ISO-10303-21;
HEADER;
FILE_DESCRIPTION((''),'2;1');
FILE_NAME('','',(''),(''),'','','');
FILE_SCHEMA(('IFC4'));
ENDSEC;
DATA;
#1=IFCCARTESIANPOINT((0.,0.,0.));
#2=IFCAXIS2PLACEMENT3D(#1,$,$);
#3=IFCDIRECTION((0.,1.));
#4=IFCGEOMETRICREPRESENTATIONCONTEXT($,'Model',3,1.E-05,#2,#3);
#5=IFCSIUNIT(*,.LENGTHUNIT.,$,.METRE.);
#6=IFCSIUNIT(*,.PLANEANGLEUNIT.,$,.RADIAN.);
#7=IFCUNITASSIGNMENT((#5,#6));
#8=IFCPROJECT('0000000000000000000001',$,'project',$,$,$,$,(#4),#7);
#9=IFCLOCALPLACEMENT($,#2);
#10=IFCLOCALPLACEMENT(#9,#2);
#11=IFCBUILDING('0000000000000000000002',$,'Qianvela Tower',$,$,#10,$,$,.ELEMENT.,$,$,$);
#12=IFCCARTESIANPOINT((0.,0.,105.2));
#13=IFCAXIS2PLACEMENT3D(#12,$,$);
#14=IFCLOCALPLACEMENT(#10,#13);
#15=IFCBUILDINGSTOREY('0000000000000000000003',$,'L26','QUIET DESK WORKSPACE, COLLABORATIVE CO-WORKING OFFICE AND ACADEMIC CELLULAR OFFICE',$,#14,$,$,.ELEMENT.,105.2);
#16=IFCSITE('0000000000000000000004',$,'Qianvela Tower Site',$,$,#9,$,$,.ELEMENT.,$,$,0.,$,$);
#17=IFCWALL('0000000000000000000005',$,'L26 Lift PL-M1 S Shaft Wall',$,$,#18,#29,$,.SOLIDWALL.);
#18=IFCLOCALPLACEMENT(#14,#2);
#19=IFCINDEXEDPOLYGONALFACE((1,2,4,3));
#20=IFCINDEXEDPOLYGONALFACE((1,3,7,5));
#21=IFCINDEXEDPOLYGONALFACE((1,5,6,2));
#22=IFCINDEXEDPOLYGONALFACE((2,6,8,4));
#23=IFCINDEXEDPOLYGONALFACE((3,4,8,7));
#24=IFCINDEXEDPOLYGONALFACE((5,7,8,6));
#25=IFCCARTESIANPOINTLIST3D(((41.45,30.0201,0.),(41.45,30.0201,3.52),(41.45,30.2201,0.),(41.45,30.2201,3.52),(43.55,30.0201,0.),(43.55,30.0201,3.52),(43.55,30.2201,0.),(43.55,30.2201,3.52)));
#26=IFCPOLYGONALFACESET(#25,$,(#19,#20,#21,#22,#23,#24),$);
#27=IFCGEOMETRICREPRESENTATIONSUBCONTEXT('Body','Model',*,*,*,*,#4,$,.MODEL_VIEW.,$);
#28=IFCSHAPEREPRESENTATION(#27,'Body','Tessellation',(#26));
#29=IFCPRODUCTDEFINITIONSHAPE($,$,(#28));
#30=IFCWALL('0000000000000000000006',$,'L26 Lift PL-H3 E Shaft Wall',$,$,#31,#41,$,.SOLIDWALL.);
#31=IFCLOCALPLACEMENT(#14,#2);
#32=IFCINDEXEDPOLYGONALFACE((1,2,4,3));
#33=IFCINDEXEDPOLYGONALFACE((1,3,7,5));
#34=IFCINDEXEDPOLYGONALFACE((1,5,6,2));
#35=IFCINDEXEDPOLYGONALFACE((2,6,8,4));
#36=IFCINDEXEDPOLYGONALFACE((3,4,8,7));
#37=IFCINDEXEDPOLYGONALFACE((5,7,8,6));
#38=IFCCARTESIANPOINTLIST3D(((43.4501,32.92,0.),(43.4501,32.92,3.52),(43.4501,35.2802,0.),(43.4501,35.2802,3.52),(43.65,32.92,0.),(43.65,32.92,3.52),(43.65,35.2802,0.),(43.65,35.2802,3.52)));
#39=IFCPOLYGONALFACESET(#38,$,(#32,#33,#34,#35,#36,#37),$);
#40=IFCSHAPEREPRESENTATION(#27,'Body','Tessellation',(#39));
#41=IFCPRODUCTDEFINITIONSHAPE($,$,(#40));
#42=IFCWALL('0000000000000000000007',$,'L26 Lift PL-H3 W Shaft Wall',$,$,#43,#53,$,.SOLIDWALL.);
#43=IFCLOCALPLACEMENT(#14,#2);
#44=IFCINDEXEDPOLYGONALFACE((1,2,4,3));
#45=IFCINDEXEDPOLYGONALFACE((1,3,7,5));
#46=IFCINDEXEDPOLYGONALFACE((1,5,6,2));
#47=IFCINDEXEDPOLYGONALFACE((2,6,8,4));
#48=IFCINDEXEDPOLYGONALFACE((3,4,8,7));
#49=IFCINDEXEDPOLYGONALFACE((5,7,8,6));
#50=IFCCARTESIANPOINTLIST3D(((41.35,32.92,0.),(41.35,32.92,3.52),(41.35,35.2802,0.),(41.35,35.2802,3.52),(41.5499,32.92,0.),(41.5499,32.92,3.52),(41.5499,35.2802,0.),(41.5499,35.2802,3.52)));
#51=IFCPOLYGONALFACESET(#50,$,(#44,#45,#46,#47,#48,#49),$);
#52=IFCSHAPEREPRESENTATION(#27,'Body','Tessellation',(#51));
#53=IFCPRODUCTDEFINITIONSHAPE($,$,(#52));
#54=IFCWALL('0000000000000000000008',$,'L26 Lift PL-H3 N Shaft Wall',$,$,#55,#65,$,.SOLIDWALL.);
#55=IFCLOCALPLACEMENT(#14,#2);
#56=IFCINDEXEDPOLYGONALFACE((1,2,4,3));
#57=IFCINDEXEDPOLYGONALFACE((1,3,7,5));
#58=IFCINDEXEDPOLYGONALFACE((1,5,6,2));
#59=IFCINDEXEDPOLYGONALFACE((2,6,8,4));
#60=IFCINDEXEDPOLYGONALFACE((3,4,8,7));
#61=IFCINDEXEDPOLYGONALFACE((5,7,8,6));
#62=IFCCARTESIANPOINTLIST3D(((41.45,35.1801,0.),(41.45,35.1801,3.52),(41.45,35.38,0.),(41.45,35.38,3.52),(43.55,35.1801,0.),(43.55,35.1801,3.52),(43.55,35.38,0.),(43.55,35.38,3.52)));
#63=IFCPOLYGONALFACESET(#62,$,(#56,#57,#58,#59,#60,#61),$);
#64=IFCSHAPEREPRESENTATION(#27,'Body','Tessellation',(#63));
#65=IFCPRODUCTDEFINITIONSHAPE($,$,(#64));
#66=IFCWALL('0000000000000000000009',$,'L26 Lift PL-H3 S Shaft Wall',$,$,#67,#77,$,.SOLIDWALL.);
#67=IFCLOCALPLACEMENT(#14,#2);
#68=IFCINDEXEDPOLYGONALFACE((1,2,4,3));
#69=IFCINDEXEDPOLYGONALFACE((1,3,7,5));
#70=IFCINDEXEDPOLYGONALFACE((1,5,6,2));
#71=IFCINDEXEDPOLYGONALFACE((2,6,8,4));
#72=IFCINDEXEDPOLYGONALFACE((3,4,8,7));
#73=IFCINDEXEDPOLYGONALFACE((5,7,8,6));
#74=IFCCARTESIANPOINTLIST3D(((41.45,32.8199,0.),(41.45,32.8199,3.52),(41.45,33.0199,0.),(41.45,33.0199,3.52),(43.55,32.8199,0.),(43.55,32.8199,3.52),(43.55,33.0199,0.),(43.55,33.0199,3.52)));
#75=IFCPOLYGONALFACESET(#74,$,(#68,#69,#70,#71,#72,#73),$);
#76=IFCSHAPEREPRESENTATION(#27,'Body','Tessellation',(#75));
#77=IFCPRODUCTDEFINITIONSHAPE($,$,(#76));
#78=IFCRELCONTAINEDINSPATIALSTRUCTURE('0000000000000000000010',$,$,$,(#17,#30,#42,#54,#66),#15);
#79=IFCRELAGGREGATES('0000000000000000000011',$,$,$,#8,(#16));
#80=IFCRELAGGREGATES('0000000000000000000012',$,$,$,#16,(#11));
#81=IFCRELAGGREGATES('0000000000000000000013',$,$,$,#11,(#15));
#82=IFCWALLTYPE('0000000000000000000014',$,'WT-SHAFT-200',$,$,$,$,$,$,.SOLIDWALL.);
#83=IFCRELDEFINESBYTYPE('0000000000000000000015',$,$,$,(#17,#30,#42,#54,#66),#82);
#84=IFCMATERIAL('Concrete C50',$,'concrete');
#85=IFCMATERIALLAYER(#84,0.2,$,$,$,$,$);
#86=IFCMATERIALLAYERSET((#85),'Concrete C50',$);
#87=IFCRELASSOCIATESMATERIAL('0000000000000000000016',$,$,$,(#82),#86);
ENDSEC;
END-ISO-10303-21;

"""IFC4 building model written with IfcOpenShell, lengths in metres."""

from ifc_helpers import new_model, si_unit, direction, frame, frame_2d, origin, place, context, subcontext, project, spatial, rectangle, extrude, material, layer, layer_set, type_object, element, save


model = new_model("IFC4")

# Units and contexts
model_context = context("Model", 3, precision=1e-05, world=origin(), true_north=direction((0.0, 1.0)))
body_context = subcontext(model_context, "Body", "Model", "MODEL_VIEW")
ifc_project = project(units=[si_unit("LENGTHUNIT", "METRE"), si_unit("PLANEANGLEUNIT", "RADIAN")], contexts=[model_context])

# Site, building, storey
site_placement = place(None, origin())
site = spatial("IfcSite", under=ifc_project, at=site_placement, Name="Qianvela Tower Site", CompositionType="ELEMENT", RefElevation=0.0)
building_placement = place(site_placement, origin())
building = spatial("IfcBuilding", under=site, at=building_placement, Name="Qianvela Tower", CompositionType="ELEMENT")
storey_placement = place(building_placement, frame((0.0, 0.0, 105.2)))
storey = spatial("IfcBuildingStorey", under=building, at=storey_placement, Name="L26", Description="QUIET DESK WORKSPACE, COLLABORATIVE CO-WORKING OFFICE AND ACADEMIC CELLULAR OFFICE", CompositionType="ELEMENT", Elevation=105.2)

# Walls
ifc_material_1 = material(Name="Concrete C50", Category="concrete")
ifc_layer_1 = layer(ifc_material_1, 0.2)
ifc_layer_set_1 = layer_set([ifc_layer_1], Name="Concrete C50")
wall_type_1 = type_object("IfcWallType", Name="WT-SHAFT-200", PredefinedType="SOLIDWALL", material=ifc_layer_set_1)
for number, where, z_axis, x_axis, name in (
    (1, (41.45, 30.1201, 0.0), (0.0, 0.0, 1.0), (1.0, 0.0, 0.0), "L26 Lift PL-M1 S Shaft Wall"),
):
    element("IfcWall", number, at=place(storey_placement, frame(where, z_axis=z_axis, x_axis=x_axis)), inside=storey, type_object=wall_type_1, Name=name, PredefinedType="SOLIDWALL", context=body_context, shape_type="SweptSolid", body=[
        extrude(rectangle(XDim=2.1001, YDim=0.2, at=frame_2d((1.05, 0.0))), origin(), (0.0, 0.0, 1.0), 3.52),
    ])
for number, where, z_axis, x_axis, name in (
    (2, (43.55, 32.9199, 0.0), (0.0, 0.0, 1.0), (0.0, 1.0, 0.0), "L26 Lift PL-H3 E Shaft Wall"),
    (3, (41.45, 32.9199, 0.0), (0.0, 0.0, 1.0), (0.0, 1.0, 0.0), "L26 Lift PL-H3 W Shaft Wall"),
):
    element("IfcWall", number, at=place(storey_placement, frame(where, z_axis=z_axis, x_axis=x_axis)), inside=storey, type_object=wall_type_1, Name=name, PredefinedType="SOLIDWALL", context=body_context, shape_type="SweptSolid", body=[
        extrude(rectangle(XDim=2.3601, YDim=0.2, at=frame_2d((1.1802, 0.0))), origin(), (0.0, 0.0, 1.0), 3.52),
    ])
for number, where, z_axis, x_axis, name in (
    (4, (41.45, 35.28, 0.0), (0.0, 0.0, 1.0), (1.0, 0.0, 0.0), "L26 Lift PL-H3 N Shaft Wall"),
    (5, (41.45, 32.9199, 0.0), (0.0, 0.0, 1.0), (1.0, 0.0, 0.0), "L26 Lift PL-H3 S Shaft Wall"),
):
    element("IfcWall", number, at=place(storey_placement, frame(where, z_axis=z_axis, x_axis=x_axis)), inside=storey, type_object=wall_type_1, Name=name, PredefinedType="SOLIDWALL", context=body_context, shape_type="SweptSolid", body=[
        extrude(rectangle(XDim=2.1001, YDim=0.2, at=frame_2d((1.05, 0.0))), origin(), (0.0, 0.0, 1.0), 3.52),
    ])

save(model, "model.ifc")
